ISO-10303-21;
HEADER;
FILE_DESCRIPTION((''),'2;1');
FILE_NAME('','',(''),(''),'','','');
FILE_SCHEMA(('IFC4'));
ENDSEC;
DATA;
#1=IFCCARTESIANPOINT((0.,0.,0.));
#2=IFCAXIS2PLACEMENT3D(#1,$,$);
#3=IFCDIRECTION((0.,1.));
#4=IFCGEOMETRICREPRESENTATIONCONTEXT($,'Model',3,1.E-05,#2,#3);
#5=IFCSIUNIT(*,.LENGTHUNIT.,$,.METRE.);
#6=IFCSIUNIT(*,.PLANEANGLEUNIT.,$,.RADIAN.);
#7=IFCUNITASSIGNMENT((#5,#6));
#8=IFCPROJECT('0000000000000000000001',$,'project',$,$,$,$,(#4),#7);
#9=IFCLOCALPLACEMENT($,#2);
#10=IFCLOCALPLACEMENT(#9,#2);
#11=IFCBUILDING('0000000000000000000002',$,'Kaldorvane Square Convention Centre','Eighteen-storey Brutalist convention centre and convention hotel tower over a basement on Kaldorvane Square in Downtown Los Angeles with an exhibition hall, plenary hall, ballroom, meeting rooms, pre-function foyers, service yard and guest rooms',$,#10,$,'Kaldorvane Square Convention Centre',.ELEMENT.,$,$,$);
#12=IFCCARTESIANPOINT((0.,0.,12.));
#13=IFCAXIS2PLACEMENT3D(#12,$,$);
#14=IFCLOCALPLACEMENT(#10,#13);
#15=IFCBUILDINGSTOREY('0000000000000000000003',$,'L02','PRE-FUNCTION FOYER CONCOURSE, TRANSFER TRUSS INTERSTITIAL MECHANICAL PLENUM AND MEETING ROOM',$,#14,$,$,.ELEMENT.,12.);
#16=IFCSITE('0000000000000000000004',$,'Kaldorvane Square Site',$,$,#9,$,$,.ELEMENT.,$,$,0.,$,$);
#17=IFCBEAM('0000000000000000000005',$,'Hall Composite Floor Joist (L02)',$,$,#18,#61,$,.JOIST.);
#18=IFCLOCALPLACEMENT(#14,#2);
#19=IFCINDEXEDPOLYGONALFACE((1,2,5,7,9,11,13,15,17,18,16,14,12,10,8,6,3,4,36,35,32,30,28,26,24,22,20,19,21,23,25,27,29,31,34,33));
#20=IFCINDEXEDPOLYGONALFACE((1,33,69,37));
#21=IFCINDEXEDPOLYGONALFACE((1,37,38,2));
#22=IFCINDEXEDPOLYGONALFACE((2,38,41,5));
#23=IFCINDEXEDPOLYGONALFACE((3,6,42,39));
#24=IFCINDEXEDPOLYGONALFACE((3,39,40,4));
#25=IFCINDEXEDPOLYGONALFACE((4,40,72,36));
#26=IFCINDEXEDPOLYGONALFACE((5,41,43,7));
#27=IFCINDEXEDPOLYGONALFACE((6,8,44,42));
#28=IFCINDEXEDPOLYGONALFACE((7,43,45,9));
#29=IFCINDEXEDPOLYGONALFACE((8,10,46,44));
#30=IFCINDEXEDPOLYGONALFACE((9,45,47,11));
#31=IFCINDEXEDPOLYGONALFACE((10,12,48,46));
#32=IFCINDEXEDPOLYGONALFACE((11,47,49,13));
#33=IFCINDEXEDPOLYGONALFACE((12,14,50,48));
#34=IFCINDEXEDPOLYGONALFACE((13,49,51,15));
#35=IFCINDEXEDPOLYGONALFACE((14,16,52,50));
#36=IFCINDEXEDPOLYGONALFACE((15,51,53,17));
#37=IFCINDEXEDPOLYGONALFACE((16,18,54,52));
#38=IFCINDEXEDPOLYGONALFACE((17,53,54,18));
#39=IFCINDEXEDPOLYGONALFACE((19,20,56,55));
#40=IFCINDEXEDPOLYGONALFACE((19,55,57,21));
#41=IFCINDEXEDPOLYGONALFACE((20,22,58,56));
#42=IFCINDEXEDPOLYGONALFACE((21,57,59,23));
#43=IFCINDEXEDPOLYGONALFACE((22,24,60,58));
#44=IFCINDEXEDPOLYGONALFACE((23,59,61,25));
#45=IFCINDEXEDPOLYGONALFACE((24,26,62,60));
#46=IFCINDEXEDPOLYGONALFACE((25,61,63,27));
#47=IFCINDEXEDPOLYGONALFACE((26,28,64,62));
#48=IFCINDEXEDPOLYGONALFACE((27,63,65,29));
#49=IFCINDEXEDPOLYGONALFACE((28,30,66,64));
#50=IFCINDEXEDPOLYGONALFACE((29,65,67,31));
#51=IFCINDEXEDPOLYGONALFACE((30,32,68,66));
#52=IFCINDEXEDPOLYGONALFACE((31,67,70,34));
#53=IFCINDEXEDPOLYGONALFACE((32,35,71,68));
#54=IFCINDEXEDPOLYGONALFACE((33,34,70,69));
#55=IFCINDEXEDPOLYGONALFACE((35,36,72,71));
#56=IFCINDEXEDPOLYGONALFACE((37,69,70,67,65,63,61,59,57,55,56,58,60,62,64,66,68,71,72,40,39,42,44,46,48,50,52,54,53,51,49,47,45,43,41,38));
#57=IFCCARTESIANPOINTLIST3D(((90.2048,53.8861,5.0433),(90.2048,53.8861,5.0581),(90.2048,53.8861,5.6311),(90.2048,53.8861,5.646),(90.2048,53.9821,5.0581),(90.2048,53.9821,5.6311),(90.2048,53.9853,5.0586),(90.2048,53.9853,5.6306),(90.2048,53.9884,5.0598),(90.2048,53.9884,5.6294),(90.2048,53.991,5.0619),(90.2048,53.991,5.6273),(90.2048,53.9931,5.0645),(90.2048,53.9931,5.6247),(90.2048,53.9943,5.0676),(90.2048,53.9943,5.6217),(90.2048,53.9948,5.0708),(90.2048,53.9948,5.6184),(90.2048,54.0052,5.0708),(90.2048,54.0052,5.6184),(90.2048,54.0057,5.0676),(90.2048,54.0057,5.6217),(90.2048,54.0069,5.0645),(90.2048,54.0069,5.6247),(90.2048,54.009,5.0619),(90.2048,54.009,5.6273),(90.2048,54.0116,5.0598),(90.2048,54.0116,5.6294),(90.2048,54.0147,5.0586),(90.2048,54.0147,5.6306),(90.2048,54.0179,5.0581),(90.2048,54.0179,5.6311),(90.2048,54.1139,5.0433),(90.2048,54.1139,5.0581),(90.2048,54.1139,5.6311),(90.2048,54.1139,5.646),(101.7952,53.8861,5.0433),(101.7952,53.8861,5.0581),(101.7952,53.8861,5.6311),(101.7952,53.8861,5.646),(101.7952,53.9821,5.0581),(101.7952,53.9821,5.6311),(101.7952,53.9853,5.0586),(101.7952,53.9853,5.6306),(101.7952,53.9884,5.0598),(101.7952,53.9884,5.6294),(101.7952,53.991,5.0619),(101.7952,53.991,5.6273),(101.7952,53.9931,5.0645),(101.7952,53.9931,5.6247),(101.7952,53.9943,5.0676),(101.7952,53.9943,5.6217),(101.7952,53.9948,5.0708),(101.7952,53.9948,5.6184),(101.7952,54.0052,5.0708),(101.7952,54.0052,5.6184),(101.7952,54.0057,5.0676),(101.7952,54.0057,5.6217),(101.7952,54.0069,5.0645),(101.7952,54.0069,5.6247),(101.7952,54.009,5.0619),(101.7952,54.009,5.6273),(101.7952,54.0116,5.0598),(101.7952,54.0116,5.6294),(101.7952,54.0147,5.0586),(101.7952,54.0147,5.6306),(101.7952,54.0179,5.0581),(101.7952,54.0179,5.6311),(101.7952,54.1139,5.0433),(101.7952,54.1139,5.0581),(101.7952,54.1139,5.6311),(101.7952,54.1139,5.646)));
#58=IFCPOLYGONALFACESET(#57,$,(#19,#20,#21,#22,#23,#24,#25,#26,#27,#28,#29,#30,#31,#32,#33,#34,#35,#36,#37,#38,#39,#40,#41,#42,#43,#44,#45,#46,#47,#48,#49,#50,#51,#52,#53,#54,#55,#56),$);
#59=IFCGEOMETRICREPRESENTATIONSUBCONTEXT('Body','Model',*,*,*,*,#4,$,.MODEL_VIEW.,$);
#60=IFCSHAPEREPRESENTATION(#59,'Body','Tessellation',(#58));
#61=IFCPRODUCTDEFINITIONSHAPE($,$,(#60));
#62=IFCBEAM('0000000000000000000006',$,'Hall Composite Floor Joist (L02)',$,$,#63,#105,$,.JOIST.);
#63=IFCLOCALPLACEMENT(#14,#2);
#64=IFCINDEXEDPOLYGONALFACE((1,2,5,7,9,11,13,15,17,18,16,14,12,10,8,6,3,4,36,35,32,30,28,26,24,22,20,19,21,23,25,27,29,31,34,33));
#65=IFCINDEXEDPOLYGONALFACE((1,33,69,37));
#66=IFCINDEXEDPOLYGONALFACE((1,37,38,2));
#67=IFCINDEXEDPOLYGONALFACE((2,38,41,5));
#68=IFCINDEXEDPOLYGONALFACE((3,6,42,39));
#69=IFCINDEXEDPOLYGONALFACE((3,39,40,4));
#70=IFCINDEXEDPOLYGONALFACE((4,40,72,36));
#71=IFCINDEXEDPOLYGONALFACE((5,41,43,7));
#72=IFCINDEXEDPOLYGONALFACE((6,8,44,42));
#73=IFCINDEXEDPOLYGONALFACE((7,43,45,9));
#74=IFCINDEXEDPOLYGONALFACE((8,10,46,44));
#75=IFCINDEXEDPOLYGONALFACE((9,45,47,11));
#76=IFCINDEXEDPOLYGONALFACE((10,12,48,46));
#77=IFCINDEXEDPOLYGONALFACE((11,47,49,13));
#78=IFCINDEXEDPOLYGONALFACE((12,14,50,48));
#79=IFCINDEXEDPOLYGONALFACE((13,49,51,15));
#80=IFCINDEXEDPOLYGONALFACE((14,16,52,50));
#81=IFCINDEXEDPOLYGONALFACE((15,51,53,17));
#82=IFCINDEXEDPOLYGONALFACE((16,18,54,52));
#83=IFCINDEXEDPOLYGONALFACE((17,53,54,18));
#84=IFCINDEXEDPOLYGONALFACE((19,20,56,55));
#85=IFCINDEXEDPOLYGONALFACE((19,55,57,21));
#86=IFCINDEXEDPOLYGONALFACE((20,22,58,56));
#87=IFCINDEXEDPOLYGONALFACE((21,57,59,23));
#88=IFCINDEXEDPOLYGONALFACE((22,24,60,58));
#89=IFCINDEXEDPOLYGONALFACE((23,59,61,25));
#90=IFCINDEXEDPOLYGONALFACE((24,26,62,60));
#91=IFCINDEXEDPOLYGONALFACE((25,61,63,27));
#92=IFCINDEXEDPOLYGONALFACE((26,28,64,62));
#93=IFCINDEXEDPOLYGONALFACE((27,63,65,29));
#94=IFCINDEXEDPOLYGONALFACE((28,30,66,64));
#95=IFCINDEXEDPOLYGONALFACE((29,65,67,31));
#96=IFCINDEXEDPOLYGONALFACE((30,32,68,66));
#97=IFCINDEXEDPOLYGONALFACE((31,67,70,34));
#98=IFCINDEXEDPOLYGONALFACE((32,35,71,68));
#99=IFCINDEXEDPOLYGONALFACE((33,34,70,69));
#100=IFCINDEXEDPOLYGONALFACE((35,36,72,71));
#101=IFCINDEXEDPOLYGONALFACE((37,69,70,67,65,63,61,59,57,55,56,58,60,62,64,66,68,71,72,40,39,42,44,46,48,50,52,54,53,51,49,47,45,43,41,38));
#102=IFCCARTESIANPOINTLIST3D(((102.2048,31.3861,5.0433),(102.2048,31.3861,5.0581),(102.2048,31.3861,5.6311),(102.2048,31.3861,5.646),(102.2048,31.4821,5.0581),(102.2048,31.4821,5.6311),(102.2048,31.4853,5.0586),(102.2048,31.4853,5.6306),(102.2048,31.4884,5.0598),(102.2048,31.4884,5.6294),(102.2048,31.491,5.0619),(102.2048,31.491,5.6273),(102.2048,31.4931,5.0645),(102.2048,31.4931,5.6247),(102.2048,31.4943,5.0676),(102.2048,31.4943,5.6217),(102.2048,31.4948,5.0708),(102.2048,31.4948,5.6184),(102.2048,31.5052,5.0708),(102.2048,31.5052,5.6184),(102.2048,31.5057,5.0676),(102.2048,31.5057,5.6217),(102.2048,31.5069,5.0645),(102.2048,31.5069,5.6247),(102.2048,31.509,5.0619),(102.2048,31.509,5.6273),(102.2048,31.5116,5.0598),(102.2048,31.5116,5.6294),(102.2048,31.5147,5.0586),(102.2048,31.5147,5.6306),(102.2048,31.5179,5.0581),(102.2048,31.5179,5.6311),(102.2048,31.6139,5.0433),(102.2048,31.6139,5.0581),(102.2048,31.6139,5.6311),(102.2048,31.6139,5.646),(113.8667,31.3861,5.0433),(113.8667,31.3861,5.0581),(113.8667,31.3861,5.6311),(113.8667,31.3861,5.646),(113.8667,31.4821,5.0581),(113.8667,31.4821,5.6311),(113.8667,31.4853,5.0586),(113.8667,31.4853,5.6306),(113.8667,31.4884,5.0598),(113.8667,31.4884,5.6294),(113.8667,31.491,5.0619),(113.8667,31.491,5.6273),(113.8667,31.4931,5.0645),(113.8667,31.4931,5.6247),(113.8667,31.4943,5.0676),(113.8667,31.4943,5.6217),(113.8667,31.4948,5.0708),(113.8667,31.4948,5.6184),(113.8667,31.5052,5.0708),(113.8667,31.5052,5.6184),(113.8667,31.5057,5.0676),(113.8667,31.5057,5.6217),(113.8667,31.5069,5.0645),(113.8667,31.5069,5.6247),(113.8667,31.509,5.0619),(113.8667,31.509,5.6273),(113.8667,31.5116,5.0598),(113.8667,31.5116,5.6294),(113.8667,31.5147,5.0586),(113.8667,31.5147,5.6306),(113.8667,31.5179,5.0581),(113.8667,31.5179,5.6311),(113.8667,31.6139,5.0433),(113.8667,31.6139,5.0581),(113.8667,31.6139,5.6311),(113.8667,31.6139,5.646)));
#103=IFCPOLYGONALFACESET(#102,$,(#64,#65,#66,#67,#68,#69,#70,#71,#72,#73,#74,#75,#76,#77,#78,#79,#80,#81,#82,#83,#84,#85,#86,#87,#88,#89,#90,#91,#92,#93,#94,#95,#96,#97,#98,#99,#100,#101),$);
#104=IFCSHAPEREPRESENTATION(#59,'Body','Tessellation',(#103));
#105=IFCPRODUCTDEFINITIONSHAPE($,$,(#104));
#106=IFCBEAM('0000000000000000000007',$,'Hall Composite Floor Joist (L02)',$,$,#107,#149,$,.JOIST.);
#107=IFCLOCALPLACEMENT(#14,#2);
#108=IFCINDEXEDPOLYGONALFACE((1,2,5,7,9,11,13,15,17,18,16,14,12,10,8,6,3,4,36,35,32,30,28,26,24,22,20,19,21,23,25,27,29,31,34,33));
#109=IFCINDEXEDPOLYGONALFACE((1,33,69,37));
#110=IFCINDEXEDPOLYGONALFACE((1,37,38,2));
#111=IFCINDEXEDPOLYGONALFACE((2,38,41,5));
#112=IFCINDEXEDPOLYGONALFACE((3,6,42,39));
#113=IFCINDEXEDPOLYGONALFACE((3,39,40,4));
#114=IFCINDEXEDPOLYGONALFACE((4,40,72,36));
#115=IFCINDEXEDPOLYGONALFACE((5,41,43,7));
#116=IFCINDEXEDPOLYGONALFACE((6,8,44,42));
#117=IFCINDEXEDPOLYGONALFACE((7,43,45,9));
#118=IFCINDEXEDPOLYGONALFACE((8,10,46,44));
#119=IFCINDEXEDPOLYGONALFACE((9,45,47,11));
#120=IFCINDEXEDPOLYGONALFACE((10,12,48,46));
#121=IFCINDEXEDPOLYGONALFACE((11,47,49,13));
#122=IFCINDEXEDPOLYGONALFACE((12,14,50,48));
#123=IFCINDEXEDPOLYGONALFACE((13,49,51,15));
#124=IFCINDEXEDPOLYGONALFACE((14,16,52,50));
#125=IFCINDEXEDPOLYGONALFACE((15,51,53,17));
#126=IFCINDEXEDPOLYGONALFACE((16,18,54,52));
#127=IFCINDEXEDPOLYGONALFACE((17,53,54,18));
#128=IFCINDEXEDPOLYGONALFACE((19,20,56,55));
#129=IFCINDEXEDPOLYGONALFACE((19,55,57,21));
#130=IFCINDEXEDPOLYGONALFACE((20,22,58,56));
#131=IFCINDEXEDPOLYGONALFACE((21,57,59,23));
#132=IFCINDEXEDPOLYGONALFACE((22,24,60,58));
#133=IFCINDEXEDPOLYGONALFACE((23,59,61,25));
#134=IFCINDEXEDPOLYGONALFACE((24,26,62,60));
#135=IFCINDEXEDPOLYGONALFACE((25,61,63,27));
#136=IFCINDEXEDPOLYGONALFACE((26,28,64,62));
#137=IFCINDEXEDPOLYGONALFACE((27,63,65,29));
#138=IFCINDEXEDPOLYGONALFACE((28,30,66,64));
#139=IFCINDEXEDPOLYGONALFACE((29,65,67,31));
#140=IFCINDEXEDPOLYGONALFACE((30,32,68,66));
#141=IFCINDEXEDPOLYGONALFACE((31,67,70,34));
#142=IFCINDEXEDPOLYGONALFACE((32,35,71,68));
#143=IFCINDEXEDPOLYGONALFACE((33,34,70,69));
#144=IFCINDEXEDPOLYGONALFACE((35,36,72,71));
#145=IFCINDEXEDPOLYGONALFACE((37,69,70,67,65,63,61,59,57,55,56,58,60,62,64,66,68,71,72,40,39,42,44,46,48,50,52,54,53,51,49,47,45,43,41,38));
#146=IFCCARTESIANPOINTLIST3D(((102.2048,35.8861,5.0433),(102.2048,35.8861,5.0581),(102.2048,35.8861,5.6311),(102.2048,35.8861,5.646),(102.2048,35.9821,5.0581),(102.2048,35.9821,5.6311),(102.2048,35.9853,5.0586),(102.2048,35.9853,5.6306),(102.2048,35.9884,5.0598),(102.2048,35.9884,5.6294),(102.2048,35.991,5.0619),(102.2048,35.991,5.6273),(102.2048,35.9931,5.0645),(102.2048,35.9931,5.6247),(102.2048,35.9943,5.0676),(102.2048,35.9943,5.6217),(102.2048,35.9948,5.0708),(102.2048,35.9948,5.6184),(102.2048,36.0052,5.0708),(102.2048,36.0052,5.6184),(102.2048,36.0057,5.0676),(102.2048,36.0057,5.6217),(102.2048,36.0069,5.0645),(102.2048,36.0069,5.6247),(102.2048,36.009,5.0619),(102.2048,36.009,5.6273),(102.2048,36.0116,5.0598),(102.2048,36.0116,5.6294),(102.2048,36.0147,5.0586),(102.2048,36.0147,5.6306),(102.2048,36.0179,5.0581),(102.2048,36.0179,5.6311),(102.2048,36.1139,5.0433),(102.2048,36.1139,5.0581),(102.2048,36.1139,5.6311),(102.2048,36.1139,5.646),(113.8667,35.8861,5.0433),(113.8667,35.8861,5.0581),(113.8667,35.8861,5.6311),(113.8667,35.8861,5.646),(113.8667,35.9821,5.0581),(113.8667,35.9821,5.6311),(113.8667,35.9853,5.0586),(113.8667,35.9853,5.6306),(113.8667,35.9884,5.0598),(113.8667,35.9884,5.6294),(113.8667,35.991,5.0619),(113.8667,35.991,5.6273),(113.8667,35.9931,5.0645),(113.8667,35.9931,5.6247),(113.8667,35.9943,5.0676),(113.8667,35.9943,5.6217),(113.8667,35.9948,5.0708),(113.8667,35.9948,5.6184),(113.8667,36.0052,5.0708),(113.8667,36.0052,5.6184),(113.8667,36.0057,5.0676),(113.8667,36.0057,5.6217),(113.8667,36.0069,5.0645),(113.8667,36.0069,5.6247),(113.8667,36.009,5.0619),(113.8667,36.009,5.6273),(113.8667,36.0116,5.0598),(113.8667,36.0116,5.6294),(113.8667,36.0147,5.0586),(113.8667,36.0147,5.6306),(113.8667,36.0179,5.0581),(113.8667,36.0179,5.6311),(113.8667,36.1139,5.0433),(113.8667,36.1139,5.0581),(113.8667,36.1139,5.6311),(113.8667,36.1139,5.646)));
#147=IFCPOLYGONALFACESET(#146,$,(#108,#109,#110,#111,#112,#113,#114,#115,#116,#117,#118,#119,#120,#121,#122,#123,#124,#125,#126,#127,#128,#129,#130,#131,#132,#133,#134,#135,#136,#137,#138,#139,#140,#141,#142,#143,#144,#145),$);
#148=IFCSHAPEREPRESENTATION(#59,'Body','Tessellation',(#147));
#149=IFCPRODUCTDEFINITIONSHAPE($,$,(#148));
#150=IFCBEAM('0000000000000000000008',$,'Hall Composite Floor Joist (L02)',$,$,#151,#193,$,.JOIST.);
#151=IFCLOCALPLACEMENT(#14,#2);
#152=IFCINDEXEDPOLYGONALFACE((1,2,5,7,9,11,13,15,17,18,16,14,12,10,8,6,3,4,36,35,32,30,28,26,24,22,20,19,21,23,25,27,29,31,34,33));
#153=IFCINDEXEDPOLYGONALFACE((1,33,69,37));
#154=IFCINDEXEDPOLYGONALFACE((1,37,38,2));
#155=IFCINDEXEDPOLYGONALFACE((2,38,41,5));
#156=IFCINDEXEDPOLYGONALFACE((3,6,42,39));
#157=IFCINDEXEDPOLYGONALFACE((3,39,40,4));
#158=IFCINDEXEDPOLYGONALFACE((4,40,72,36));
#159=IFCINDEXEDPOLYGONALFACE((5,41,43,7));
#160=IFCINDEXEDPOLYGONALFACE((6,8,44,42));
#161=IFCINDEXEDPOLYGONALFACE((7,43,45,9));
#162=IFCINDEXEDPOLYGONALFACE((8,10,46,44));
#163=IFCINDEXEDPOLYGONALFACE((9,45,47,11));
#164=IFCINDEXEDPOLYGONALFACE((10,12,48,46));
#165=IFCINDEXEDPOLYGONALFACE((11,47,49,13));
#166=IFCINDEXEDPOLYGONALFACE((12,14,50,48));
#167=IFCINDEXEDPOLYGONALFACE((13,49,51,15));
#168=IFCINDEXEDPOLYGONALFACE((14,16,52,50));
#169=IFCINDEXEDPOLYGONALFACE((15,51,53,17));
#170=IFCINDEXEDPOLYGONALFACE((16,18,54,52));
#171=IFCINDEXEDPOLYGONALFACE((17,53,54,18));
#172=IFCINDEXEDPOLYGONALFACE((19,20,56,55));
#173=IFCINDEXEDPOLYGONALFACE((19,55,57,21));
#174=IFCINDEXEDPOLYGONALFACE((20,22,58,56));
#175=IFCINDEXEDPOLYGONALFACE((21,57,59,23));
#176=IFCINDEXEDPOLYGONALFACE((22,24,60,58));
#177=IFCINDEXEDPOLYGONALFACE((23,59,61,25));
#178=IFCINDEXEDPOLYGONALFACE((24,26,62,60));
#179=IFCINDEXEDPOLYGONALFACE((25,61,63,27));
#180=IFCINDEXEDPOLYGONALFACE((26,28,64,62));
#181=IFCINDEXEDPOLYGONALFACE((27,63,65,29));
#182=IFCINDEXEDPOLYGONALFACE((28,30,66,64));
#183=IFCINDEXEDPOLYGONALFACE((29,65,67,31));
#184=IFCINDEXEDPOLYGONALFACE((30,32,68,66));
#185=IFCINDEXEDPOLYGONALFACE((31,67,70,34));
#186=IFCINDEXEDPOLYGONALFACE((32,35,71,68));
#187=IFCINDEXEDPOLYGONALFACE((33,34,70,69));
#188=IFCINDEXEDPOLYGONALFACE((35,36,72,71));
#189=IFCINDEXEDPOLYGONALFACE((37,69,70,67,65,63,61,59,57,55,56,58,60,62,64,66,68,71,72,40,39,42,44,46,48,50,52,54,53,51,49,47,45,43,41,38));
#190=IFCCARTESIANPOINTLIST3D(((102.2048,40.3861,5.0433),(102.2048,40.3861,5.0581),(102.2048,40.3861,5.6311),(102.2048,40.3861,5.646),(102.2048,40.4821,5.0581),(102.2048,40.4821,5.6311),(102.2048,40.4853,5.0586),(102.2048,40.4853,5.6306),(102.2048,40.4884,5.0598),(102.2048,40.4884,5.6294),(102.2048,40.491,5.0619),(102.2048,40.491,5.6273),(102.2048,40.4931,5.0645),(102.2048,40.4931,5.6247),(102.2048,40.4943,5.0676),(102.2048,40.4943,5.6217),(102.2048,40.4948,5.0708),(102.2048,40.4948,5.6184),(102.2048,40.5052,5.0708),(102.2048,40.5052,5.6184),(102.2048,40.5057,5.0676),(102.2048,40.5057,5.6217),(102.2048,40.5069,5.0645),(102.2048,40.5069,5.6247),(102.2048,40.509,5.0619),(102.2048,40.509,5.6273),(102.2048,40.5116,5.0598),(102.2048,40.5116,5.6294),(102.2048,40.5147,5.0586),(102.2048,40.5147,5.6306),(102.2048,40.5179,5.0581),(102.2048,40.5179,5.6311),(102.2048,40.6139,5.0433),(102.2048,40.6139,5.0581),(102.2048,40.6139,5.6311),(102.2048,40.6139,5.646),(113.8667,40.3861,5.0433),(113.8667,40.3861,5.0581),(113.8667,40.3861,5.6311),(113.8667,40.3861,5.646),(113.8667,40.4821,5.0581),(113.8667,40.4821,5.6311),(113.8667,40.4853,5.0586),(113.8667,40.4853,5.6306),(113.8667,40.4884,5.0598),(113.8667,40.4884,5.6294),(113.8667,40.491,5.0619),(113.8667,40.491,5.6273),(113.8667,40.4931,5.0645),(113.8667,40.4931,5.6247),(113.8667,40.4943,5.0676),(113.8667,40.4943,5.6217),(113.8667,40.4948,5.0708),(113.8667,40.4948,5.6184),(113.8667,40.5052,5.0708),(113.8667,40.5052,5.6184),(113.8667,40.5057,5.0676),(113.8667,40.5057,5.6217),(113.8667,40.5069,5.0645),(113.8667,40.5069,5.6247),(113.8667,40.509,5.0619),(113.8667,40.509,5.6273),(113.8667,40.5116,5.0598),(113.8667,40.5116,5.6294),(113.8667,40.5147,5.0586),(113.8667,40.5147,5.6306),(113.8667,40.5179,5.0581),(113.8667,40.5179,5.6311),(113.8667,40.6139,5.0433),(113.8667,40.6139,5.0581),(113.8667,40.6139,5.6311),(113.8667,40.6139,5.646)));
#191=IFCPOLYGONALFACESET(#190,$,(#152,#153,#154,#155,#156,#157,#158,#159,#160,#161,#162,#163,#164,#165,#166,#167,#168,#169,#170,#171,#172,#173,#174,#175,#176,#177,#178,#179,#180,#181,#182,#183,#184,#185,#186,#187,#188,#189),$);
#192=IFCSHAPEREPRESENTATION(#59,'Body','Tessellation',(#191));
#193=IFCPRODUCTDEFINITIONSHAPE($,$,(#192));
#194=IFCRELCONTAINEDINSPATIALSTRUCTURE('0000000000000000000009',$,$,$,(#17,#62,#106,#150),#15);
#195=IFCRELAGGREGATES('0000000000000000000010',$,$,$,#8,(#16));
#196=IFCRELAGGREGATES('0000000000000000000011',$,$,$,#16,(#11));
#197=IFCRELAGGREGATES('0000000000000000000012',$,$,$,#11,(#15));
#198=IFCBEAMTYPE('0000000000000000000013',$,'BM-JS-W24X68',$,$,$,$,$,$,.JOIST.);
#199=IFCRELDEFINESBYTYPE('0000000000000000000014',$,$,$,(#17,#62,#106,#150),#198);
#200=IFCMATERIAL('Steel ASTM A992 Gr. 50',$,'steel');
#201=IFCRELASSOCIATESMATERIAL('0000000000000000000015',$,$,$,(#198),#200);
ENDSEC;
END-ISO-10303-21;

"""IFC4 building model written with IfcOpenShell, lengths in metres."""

from ifc_helpers import new_model, si_unit, direction, frame, origin, origin_2d, place, context, subcontext, project, spatial, i_section, extrude, material, material_profile, profile_set, type_object, element, save


model = new_model("IFC4")

# Units and contexts
model_context = context("Model", 3, precision=1e-05, world=origin(), true_north=direction((0.0, 1.0)))
body_context = subcontext(model_context, "Body", "Model", "MODEL_VIEW")
ifc_project = project(units=[si_unit("LENGTHUNIT", "METRE"), si_unit("PLANEANGLEUNIT", "RADIAN")], contexts=[model_context])

# Site, building, storey
site_placement = place(None, origin())
site = spatial("IfcSite", under=ifc_project, at=site_placement, Name="Kaldorvane Square Site", CompositionType="ELEMENT", RefElevation=0.0)
building_placement = place(site_placement, origin())
building = spatial("IfcBuilding", under=site, at=building_placement, Name="Kaldorvane Square Convention Centre", Description="Eighteen-storey Brutalist convention centre and convention hotel tower over a basement on Kaldorvane Square in Downtown Los Angeles with an exhibition hall, plenary hall, ballroom, meeting rooms, pre-function foyers, service yard and guest rooms", LongName="Kaldorvane Square Convention Centre", CompositionType="ELEMENT")
storey_placement = place(building_placement, frame((0.0, 0.0, 12.0)))
storey = spatial("IfcBuildingStorey", under=building, at=storey_placement, Name="L02", Description="PRE-FUNCTION FOYER CONCOURSE, TRANSFER TRUSS INTERSTITIAL MECHANICAL PLENUM AND MEETING ROOM", CompositionType="ELEMENT", Elevation=12.0)

# Shared definitions
ifc_material_1 = material(Name="Steel ASTM A992 Gr. 50", Category="steel")

# Beams
ifc_material_profile_1 = material_profile(ifc_material_1, i_section(OverallWidth=0.2277, OverallDepth=0.6027, WebThickness=0.0105, FlangeThickness=0.0149, FilletRadius=0.0127, at=origin_2d()), Name="W24X68")
ifc_profile_set_1 = profile_set([ifc_material_profile_1], Name="Steel ASTM A992 Gr. 50")
beam_type_1 = type_object("IfcBeamType", Name="BM-JS-W24X68", PredefinedType="JOIST", material=ifc_profile_set_1)
beam_placement = place(storey_placement, frame((90.2048, 54.0, 5.3446), z_axis=(1.0, 0.0, 0.0), x_axis=(0.0, 1.0, 0.0)))
element("IfcBeam", 1, at=beam_placement, inside=storey, type_object=beam_type_1, Name="Hall Composite Floor Joist (L02)", PredefinedType="JOIST", context=body_context, shape_type="SweptSolid", body=[
    extrude(i_section(OverallWidth=0.2277, OverallDepth=0.6027, WebThickness=0.0105, FlangeThickness=0.0149, FilletRadius=0.0127, at=origin_2d()), origin(), (0.0, 0.0, 1.0), 11.5904),
])
for number, where, z_axis, x_axis, name in (
    (2, (102.2048, 31.5, 5.3446), (1.0, 0.0, 0.0), (0.0, 1.0, 0.0), "Hall Composite Floor Joist (L02)"),
    (3, (102.2048, 36.0, 5.3446), (1.0, 0.0, 0.0), (0.0, 1.0, 0.0), "Hall Composite Floor Joist (L02)"),
    (4, (102.2048, 40.5, 5.3446), (1.0, 0.0, 0.0), (0.0, 1.0, 0.0), "Hall Composite Floor Joist (L02)"),
):
    element("IfcBeam", number, at=place(storey_placement, frame(where, z_axis=z_axis, x_axis=x_axis)), inside=storey, type_object=beam_type_1, Name=name, PredefinedType="JOIST", context=body_context, shape_type="SweptSolid", body=[
        extrude(i_section(OverallWidth=0.2277, OverallDepth=0.6027, WebThickness=0.0105, FlangeThickness=0.0149, FilletRadius=0.0127, at=origin_2d()), origin(), (0.0, 0.0, 1.0), 11.6619),
    ])

save(model, "model.ifc")
